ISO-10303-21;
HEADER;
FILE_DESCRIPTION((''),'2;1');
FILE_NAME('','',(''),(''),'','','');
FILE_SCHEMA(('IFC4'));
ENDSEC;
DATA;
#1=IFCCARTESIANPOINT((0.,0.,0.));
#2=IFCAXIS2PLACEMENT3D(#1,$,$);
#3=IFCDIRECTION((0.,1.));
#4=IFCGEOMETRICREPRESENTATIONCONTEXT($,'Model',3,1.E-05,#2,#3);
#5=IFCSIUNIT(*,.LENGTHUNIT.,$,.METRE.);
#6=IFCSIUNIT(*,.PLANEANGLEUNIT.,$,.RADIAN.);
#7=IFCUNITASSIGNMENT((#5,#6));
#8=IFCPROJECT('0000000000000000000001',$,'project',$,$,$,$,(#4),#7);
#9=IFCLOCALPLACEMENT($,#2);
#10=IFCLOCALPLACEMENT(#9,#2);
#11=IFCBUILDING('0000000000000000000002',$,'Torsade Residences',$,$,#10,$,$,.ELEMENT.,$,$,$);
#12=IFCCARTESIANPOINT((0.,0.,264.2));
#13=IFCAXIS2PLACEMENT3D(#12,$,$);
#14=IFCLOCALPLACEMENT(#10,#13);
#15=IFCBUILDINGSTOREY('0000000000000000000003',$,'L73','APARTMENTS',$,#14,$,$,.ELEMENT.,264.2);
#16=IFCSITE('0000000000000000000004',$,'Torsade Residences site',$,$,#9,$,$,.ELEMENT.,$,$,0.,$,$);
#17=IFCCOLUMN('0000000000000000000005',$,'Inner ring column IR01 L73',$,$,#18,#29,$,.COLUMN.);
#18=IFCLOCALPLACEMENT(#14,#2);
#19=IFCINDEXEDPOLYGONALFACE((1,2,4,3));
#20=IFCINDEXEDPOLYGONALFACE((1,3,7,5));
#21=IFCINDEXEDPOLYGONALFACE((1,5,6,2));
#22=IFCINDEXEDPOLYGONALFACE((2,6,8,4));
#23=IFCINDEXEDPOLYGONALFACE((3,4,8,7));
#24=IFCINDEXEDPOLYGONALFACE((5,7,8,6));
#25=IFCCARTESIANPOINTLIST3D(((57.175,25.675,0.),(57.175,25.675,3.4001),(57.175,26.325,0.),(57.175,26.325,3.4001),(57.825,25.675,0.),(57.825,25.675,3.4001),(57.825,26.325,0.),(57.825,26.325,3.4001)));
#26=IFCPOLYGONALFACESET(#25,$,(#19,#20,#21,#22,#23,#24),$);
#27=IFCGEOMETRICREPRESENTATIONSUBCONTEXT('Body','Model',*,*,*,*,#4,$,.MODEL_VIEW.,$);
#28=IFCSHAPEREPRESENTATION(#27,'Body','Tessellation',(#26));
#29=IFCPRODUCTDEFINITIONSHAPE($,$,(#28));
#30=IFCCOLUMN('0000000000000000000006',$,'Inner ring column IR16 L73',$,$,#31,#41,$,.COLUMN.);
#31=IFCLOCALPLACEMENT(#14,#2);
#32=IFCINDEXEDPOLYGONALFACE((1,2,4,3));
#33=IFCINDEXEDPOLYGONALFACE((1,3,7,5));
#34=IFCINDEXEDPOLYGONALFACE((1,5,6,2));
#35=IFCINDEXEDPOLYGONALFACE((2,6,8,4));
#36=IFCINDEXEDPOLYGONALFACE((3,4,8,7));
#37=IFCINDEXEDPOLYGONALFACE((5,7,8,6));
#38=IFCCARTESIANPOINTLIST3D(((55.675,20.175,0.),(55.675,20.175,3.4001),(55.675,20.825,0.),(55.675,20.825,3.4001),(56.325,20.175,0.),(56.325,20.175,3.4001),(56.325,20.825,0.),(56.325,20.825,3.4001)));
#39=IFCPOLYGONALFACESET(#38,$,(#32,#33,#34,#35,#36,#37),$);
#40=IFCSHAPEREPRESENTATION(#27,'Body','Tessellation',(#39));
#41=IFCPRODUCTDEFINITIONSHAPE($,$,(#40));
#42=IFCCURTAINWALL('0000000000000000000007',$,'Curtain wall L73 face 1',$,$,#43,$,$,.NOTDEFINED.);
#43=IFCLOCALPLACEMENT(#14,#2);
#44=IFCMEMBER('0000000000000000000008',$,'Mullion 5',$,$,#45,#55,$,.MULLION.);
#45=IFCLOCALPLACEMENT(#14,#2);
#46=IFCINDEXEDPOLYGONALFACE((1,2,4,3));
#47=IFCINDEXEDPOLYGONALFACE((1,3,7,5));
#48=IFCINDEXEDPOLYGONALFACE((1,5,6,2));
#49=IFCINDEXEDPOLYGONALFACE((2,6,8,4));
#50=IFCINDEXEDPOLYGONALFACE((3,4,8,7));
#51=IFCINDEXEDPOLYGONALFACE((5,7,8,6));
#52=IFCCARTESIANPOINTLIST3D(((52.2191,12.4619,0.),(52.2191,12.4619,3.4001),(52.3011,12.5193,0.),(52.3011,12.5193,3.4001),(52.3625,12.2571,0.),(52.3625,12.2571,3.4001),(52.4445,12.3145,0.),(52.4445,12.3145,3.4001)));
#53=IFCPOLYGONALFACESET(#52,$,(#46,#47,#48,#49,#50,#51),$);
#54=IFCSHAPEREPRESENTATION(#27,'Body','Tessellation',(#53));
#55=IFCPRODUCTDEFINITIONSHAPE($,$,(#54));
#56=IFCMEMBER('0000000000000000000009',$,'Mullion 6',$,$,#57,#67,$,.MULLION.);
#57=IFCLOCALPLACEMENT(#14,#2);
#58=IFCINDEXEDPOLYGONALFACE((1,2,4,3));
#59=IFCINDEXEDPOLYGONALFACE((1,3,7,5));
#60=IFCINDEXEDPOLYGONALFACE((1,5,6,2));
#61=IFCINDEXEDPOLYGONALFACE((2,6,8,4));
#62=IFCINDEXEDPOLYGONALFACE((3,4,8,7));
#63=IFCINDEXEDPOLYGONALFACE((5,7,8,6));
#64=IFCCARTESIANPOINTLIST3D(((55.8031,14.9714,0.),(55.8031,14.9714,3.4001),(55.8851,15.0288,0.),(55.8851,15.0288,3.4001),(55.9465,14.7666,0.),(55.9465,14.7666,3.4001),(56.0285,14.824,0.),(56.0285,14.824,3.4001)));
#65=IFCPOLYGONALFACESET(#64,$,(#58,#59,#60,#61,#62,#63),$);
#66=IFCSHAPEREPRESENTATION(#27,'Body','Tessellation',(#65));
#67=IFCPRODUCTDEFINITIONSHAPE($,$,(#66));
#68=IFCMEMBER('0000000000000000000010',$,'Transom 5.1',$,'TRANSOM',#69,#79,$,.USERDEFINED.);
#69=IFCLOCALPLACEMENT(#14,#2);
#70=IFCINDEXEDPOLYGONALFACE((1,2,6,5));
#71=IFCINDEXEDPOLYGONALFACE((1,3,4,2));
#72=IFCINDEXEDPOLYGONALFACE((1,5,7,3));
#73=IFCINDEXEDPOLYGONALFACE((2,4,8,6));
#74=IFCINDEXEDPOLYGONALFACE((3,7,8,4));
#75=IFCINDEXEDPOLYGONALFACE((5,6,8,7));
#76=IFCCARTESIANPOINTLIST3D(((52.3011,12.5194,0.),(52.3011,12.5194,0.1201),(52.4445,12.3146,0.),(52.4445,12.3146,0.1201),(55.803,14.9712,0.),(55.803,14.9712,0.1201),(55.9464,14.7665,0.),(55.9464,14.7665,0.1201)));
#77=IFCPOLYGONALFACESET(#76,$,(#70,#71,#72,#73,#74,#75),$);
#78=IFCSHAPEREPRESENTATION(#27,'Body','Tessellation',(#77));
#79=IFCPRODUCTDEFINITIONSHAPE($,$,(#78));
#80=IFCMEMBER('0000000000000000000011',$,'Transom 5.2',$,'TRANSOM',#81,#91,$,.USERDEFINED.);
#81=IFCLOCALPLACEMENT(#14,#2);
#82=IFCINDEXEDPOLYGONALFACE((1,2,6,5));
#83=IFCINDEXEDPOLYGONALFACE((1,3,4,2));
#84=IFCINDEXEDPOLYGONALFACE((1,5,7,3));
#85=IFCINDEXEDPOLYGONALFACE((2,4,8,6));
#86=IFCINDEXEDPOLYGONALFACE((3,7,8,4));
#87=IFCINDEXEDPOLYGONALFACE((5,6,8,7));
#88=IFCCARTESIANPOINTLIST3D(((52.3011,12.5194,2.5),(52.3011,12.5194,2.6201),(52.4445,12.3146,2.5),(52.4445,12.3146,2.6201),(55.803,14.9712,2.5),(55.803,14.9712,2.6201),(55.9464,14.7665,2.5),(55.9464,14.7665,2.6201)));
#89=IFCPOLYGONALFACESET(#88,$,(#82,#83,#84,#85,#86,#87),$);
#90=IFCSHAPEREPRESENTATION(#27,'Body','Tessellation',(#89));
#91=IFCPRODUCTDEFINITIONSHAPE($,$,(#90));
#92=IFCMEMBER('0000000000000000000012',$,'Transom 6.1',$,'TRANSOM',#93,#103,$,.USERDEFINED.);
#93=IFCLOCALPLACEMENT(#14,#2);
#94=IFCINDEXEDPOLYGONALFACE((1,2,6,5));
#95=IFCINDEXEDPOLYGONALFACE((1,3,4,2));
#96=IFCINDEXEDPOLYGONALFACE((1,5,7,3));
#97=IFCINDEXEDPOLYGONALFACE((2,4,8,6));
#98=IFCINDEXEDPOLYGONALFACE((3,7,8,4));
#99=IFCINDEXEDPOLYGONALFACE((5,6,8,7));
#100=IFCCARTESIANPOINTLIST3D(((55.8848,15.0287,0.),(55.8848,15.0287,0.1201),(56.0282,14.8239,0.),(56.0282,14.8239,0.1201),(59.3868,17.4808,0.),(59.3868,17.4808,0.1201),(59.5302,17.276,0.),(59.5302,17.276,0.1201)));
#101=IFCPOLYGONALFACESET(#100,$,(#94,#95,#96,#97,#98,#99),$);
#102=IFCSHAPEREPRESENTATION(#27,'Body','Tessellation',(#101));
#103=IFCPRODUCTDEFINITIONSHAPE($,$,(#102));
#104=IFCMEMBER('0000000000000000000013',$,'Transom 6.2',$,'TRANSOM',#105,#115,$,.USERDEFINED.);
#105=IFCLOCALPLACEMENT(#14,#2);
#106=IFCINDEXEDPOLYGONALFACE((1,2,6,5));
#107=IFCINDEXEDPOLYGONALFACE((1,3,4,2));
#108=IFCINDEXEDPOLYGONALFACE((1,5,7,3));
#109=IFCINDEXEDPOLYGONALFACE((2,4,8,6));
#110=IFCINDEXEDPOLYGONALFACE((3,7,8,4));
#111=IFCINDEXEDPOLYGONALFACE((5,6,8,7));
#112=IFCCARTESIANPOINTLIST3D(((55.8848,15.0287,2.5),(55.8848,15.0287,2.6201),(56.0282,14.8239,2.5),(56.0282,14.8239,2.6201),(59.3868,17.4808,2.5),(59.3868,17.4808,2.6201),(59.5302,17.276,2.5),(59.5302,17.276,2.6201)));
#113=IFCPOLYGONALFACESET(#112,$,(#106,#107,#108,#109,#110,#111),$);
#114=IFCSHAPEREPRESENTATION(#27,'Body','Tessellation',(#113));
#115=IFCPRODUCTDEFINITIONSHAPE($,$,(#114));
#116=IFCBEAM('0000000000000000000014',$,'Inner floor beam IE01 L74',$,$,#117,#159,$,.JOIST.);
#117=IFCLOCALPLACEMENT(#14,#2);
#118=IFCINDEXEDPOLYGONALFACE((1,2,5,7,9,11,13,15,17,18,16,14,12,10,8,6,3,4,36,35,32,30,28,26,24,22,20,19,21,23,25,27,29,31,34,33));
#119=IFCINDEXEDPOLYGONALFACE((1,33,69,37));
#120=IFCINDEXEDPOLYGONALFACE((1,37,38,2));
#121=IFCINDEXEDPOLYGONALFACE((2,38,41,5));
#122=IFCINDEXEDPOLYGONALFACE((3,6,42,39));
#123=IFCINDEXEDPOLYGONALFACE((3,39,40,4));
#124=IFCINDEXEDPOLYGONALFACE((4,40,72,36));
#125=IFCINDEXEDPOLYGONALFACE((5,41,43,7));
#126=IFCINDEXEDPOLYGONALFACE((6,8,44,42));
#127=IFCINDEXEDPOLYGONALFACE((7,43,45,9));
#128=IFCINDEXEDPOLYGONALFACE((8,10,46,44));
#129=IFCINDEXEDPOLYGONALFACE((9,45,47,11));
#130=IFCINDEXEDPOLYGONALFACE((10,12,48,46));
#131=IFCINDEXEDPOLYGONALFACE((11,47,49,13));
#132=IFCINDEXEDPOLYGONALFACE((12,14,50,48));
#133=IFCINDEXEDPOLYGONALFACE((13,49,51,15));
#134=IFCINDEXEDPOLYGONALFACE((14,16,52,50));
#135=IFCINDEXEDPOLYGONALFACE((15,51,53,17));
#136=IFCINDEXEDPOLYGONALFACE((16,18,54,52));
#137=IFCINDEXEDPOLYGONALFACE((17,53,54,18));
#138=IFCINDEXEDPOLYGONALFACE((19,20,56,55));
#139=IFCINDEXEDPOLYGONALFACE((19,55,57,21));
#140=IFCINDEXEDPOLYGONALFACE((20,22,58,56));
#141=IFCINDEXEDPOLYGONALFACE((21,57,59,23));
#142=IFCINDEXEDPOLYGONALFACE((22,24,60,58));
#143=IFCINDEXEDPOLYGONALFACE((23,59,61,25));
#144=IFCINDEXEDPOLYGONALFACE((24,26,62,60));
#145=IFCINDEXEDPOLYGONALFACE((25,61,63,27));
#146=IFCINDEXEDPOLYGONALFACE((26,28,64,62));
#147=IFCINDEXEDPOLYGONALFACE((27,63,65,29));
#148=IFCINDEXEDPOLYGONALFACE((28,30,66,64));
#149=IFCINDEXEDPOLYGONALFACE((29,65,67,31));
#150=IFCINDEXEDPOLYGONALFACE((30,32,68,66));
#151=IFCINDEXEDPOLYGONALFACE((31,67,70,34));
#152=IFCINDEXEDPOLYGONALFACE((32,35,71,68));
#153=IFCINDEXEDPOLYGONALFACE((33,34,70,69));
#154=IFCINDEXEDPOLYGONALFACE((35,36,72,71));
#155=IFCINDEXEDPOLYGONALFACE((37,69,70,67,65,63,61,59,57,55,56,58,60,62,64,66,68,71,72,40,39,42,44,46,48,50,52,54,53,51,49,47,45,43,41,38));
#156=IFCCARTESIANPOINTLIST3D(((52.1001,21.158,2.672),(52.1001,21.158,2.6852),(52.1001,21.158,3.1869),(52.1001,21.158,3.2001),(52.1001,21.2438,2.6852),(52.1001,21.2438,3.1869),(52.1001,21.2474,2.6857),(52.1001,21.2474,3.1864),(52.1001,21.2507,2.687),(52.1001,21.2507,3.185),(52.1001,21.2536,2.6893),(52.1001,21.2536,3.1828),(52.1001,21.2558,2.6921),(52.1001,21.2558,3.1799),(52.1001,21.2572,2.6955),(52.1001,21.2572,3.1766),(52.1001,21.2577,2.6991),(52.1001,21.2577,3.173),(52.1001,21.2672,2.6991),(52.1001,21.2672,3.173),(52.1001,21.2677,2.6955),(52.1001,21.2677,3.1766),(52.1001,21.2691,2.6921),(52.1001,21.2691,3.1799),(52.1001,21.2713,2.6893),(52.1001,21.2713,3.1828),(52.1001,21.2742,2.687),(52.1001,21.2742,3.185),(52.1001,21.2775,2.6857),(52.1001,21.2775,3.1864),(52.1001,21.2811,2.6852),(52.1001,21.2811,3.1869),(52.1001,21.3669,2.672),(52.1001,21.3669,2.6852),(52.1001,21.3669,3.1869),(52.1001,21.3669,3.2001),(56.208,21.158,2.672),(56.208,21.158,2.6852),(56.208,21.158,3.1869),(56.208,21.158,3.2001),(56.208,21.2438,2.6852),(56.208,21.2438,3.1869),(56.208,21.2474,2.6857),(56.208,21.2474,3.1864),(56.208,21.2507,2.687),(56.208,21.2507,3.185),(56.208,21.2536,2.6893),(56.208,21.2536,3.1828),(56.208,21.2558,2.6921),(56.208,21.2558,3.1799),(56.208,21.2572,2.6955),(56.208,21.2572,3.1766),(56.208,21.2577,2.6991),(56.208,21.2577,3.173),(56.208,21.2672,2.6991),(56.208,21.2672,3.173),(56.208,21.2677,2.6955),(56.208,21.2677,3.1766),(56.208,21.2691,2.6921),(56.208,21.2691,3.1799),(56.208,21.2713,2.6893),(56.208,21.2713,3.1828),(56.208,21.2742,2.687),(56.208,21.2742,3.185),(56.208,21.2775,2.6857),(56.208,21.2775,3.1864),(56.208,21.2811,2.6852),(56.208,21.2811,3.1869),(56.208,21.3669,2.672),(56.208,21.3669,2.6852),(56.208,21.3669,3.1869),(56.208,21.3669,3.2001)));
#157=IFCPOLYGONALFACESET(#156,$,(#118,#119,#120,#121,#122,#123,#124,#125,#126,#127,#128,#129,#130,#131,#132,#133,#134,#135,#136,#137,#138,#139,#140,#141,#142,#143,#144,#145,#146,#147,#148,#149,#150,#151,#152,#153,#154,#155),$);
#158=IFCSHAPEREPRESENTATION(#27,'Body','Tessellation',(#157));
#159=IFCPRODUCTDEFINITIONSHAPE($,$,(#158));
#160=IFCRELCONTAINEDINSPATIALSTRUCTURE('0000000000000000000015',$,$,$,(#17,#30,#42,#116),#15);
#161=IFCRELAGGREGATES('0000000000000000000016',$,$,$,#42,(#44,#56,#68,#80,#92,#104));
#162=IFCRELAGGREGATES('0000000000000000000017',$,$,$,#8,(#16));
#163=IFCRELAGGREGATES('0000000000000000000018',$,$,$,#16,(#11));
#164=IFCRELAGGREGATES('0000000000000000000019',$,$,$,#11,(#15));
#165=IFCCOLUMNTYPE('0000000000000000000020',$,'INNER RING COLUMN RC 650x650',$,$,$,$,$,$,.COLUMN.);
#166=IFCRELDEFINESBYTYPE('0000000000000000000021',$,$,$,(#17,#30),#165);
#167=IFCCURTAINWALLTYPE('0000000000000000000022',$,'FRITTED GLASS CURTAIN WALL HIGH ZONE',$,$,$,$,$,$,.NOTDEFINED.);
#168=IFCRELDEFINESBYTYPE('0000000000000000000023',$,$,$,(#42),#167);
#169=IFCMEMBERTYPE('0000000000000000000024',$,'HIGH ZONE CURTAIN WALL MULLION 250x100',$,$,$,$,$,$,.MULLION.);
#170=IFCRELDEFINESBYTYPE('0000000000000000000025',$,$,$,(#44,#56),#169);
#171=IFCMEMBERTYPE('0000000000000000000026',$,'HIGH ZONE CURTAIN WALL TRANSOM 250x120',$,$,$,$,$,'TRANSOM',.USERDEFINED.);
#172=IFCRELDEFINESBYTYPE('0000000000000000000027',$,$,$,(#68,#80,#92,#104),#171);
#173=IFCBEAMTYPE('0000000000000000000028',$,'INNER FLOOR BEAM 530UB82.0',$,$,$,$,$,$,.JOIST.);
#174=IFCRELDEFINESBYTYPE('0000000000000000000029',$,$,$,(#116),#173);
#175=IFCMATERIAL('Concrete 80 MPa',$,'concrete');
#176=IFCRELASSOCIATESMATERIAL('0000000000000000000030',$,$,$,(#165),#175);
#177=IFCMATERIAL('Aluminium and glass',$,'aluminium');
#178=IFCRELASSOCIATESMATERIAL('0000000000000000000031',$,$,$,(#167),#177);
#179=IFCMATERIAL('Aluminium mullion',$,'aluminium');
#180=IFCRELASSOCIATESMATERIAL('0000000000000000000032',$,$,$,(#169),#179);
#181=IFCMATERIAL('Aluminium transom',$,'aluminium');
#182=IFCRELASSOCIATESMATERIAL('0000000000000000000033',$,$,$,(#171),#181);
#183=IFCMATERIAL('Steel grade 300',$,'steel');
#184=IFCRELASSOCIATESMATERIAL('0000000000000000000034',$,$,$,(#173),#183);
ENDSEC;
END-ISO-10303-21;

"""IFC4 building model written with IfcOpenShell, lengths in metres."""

from ifc_helpers import new_model, si_unit, direction, frame, origin, origin_2d, place, context, subcontext, project, spatial, rectangle, i_section, extrude, material, material_profile, profile_set, type_object, element, aggregate, save


model = new_model("IFC4")

# Units and contexts
model_context = context("Model", 3, precision=1e-05, world=origin(), true_north=direction((0.0, 1.0)))
body_context = subcontext(model_context, "Body", "Model", "MODEL_VIEW")
ifc_project = project(units=[si_unit("LENGTHUNIT", "METRE"), si_unit("PLANEANGLEUNIT", "RADIAN")], contexts=[model_context])

# Site, building, storey
site_placement = place(None, origin())
site = spatial("IfcSite", under=ifc_project, at=site_placement, Name="Torsade Residences site", CompositionType="ELEMENT", RefElevation=0.0)
building_placement = place(site_placement, origin())
building = spatial("IfcBuilding", under=site, at=building_placement, Name="Torsade Residences", CompositionType="ELEMENT")
storey_placement = place(building_placement, frame((0.0, 0.0, 264.2)))
storey = spatial("IfcBuildingStorey", under=building, at=storey_placement, Name="L73", Description="APARTMENTS", CompositionType="ELEMENT", Elevation=264.2)

# Columns
ifc_material_1 = material(Name="Concrete 80 MPa", Category="concrete")
ifc_material_profile_1 = material_profile(ifc_material_1, rectangle(XDim=0.6499, YDim=0.6499, at=origin_2d()), Name="RC 650x650")
ifc_profile_set_1 = profile_set([ifc_material_profile_1], Name="Concrete 80 MPa")
column_type = type_object("IfcColumnType", Name="INNER RING COLUMN RC 650x650", PredefinedType="COLUMN", material=ifc_profile_set_1)
for number, where, z_axis, x_axis, name in (
    (1, (57.5, 26.0, 0.0), (0.0, 0.0, 1.0), (1.0, 0.0, 0.0), "Inner ring column IR01 L73"),
    (2, (56.0, 20.5, 0.0), (0.0, 0.0, 1.0), (1.0, 0.0, 0.0), "Inner ring column IR16 L73"),
):
    element("IfcColumn", number, at=place(storey_placement, frame(where, z_axis=z_axis, x_axis=x_axis)), inside=storey, type_object=column_type, Name=name, PredefinedType="COLUMN", context=body_context, shape_type="SweptSolid", body=[
        extrude(rectangle(XDim=0.6499, YDim=0.6499, at=origin_2d()), origin(), (0.0, 0.0, 1.0), 3.4001),
    ])

# Curtain wall, members
ifc_material_2 = material(Name="Aluminium and glass", Category="aluminium")
curtain_wall_type = type_object("IfcCurtainWallType", Name="FRITTED GLASS CURTAIN WALL HIGH ZONE", PredefinedType="NOTDEFINED", material=ifc_material_2)
curtain_wall_placement = place(storey_placement, origin())
curtain_wall = element("IfcCurtainWall", 3, at=curtain_wall_placement, inside=storey, type_object=curtain_wall_type, Name="Curtain wall L73 face 1", PredefinedType="NOTDEFINED")
ifc_material_3 = material(Name="Aluminium mullion", Category="aluminium")
ifc_material_profile_2 = material_profile(ifc_material_3, rectangle(XDim=0.25, YDim=0.1001, at=origin_2d()), Name="HIGH ZONE CURTAIN WALL MULLION 250x100")
ifc_profile_set_2 = profile_set([ifc_material_profile_2], Name="Aluminium mullion")
member_type_1 = type_object("IfcMemberType", Name="HIGH ZONE CURTAIN WALL MULLION 250x100", PredefinedType="MULLION", material=ifc_profile_set_2)
member_1_placement = place(storey_placement, frame((52.3318, 12.3882, 0.0), z_axis=(0.0, 0.0, 1.0), x_axis=(-0.573576, 0.819152, 0.0)))
member_1 = element("IfcMember", 4, at=member_1_placement, type_object=member_type_1, Name="Mullion 5", PredefinedType="MULLION", context=body_context, shape_type="SweptSolid", body=[
    extrude(rectangle(XDim=0.25, YDim=0.1001, at=origin_2d()), origin(), (0.0, 0.0, 1.0), 3.4001),
])
member_2_placement = place(storey_placement, frame((55.9158, 14.8977, 0.0), z_axis=(0.0, 0.0, 1.0), x_axis=(-0.573576, 0.819152, 0.0)))
member_2 = element("IfcMember", 5, at=member_2_placement, type_object=member_type_1, Name="Mullion 6", PredefinedType="MULLION", context=body_context, shape_type="SweptSolid", body=[
    extrude(rectangle(XDim=0.25, YDim=0.1001, at=origin_2d()), origin(), (0.0, 0.0, 1.0), 3.4001),
])
ifc_material_4 = material(Name="Aluminium transom", Category="aluminium")
ifc_material_profile_3 = material_profile(ifc_material_4, rectangle(XDim=0.25, YDim=0.1201, at=origin_2d()), Name="HIGH ZONE CURTAIN WALL TRANSOM 250x120")
ifc_profile_set_3 = profile_set([ifc_material_profile_3], Name="Aluminium transom")
member_type_2 = type_object("IfcMemberType", Name="HIGH ZONE CURTAIN WALL TRANSOM 250x120", ElementType="TRANSOM", PredefinedType="USERDEFINED", material=ifc_profile_set_3)
member_3_placement = place(storey_placement, frame((52.3728, 12.417, 0.0601), z_axis=(0.819173, 0.573547, 0.0), x_axis=(-0.573547, 0.819173, 0.0)))
member_3 = element("IfcMember", 6, at=member_3_placement, type_object=member_type_2, Name="Transom 5.1", ObjectType="TRANSOM", PredefinedType="USERDEFINED", context=body_context, shape_type="SweptSolid", body=[
    extrude(rectangle(XDim=0.25, YDim=0.1201, at=origin_2d()), origin(), (0.0, 0.0, 1.0), 4.2749),
])
member_4_placement = place(storey_placement, frame((52.3728, 12.417, 2.5601), z_axis=(0.819173, 0.573547, 0.0), x_axis=(-0.573547, 0.819173, 0.0)))
member_4 = element("IfcMember", 7, at=member_4_placement, type_object=member_type_2, Name="Transom 5.2", ObjectType="TRANSOM", PredefinedType="USERDEFINED", context=body_context, shape_type="SweptSolid", body=[
    extrude(rectangle(XDim=0.25, YDim=0.1201, at=origin_2d()), origin(), (0.0, 0.0, 1.0), 4.2749),
])
member_5_placement = place(storey_placement, frame((55.9565, 14.9263, 0.0601), z_axis=(0.819146, 0.573585, 0.0), x_axis=(-0.573585, 0.819146, 0.0)))
member_5 = element("IfcMember", 8, at=member_5_placement, type_object=member_type_2, Name="Transom 6.1", ObjectType="TRANSOM", PredefinedType="USERDEFINED", context=body_context, shape_type="SweptSolid", body=[
    extrude(rectangle(XDim=0.25, YDim=0.1201, at=origin_2d()), origin(), (0.0, 0.0, 1.0), 4.2751),
])
member_6_placement = place(storey_placement, frame((55.9565, 14.9263, 2.5601), z_axis=(0.819146, 0.573585, 0.0), x_axis=(-0.573585, 0.819146, 0.0)))
member_6 = element("IfcMember", 9, at=member_6_placement, type_object=member_type_2, Name="Transom 6.2", ObjectType="TRANSOM", PredefinedType="USERDEFINED", context=body_context, shape_type="SweptSolid", body=[
    extrude(rectangle(XDim=0.25, YDim=0.1201, at=origin_2d()), origin(), (0.0, 0.0, 1.0), 4.2751),
])

# Beam
ifc_material_5 = material(Name="Steel grade 300", Category="steel")
ifc_material_profile_4 = material_profile(ifc_material_5, i_section(OverallWidth=0.209, OverallDepth=0.5281, WebThickness=0.0095, FlangeThickness=0.0132, FilletRadius=0.0139, at=origin_2d()), Name="530UB82.0")
ifc_profile_set_4 = profile_set([ifc_material_profile_4], Name="Steel grade 300")
beam_type_1 = type_object("IfcBeamType", Name="INNER FLOOR BEAM 530UB82.0", PredefinedType="JOIST", material=ifc_profile_set_4)
beam_1_placement = place(storey_placement, frame((52.1001, 21.2625, 2.936), z_axis=(1.0, 0.0, 0.0), x_axis=(0.0, 1.0, 0.0)))
element("IfcBeam", 10, at=beam_1_placement, inside=storey, type_object=beam_type_1, Name="Inner floor beam IE01 L74", PredefinedType="JOIST", context=body_context, shape_type="SweptSolid", body=[
    extrude(i_section(OverallWidth=0.209, OverallDepth=0.5281, WebThickness=0.0095, FlangeThickness=0.0132, FilletRadius=0.0139, at=origin_2d()), origin(), (0.0, 0.0, 1.0), 4.1079),
])

aggregate(curtain_wall, [member_1, member_2, member_3, member_4, member_5, member_6])

save(model, "model.ifc")
